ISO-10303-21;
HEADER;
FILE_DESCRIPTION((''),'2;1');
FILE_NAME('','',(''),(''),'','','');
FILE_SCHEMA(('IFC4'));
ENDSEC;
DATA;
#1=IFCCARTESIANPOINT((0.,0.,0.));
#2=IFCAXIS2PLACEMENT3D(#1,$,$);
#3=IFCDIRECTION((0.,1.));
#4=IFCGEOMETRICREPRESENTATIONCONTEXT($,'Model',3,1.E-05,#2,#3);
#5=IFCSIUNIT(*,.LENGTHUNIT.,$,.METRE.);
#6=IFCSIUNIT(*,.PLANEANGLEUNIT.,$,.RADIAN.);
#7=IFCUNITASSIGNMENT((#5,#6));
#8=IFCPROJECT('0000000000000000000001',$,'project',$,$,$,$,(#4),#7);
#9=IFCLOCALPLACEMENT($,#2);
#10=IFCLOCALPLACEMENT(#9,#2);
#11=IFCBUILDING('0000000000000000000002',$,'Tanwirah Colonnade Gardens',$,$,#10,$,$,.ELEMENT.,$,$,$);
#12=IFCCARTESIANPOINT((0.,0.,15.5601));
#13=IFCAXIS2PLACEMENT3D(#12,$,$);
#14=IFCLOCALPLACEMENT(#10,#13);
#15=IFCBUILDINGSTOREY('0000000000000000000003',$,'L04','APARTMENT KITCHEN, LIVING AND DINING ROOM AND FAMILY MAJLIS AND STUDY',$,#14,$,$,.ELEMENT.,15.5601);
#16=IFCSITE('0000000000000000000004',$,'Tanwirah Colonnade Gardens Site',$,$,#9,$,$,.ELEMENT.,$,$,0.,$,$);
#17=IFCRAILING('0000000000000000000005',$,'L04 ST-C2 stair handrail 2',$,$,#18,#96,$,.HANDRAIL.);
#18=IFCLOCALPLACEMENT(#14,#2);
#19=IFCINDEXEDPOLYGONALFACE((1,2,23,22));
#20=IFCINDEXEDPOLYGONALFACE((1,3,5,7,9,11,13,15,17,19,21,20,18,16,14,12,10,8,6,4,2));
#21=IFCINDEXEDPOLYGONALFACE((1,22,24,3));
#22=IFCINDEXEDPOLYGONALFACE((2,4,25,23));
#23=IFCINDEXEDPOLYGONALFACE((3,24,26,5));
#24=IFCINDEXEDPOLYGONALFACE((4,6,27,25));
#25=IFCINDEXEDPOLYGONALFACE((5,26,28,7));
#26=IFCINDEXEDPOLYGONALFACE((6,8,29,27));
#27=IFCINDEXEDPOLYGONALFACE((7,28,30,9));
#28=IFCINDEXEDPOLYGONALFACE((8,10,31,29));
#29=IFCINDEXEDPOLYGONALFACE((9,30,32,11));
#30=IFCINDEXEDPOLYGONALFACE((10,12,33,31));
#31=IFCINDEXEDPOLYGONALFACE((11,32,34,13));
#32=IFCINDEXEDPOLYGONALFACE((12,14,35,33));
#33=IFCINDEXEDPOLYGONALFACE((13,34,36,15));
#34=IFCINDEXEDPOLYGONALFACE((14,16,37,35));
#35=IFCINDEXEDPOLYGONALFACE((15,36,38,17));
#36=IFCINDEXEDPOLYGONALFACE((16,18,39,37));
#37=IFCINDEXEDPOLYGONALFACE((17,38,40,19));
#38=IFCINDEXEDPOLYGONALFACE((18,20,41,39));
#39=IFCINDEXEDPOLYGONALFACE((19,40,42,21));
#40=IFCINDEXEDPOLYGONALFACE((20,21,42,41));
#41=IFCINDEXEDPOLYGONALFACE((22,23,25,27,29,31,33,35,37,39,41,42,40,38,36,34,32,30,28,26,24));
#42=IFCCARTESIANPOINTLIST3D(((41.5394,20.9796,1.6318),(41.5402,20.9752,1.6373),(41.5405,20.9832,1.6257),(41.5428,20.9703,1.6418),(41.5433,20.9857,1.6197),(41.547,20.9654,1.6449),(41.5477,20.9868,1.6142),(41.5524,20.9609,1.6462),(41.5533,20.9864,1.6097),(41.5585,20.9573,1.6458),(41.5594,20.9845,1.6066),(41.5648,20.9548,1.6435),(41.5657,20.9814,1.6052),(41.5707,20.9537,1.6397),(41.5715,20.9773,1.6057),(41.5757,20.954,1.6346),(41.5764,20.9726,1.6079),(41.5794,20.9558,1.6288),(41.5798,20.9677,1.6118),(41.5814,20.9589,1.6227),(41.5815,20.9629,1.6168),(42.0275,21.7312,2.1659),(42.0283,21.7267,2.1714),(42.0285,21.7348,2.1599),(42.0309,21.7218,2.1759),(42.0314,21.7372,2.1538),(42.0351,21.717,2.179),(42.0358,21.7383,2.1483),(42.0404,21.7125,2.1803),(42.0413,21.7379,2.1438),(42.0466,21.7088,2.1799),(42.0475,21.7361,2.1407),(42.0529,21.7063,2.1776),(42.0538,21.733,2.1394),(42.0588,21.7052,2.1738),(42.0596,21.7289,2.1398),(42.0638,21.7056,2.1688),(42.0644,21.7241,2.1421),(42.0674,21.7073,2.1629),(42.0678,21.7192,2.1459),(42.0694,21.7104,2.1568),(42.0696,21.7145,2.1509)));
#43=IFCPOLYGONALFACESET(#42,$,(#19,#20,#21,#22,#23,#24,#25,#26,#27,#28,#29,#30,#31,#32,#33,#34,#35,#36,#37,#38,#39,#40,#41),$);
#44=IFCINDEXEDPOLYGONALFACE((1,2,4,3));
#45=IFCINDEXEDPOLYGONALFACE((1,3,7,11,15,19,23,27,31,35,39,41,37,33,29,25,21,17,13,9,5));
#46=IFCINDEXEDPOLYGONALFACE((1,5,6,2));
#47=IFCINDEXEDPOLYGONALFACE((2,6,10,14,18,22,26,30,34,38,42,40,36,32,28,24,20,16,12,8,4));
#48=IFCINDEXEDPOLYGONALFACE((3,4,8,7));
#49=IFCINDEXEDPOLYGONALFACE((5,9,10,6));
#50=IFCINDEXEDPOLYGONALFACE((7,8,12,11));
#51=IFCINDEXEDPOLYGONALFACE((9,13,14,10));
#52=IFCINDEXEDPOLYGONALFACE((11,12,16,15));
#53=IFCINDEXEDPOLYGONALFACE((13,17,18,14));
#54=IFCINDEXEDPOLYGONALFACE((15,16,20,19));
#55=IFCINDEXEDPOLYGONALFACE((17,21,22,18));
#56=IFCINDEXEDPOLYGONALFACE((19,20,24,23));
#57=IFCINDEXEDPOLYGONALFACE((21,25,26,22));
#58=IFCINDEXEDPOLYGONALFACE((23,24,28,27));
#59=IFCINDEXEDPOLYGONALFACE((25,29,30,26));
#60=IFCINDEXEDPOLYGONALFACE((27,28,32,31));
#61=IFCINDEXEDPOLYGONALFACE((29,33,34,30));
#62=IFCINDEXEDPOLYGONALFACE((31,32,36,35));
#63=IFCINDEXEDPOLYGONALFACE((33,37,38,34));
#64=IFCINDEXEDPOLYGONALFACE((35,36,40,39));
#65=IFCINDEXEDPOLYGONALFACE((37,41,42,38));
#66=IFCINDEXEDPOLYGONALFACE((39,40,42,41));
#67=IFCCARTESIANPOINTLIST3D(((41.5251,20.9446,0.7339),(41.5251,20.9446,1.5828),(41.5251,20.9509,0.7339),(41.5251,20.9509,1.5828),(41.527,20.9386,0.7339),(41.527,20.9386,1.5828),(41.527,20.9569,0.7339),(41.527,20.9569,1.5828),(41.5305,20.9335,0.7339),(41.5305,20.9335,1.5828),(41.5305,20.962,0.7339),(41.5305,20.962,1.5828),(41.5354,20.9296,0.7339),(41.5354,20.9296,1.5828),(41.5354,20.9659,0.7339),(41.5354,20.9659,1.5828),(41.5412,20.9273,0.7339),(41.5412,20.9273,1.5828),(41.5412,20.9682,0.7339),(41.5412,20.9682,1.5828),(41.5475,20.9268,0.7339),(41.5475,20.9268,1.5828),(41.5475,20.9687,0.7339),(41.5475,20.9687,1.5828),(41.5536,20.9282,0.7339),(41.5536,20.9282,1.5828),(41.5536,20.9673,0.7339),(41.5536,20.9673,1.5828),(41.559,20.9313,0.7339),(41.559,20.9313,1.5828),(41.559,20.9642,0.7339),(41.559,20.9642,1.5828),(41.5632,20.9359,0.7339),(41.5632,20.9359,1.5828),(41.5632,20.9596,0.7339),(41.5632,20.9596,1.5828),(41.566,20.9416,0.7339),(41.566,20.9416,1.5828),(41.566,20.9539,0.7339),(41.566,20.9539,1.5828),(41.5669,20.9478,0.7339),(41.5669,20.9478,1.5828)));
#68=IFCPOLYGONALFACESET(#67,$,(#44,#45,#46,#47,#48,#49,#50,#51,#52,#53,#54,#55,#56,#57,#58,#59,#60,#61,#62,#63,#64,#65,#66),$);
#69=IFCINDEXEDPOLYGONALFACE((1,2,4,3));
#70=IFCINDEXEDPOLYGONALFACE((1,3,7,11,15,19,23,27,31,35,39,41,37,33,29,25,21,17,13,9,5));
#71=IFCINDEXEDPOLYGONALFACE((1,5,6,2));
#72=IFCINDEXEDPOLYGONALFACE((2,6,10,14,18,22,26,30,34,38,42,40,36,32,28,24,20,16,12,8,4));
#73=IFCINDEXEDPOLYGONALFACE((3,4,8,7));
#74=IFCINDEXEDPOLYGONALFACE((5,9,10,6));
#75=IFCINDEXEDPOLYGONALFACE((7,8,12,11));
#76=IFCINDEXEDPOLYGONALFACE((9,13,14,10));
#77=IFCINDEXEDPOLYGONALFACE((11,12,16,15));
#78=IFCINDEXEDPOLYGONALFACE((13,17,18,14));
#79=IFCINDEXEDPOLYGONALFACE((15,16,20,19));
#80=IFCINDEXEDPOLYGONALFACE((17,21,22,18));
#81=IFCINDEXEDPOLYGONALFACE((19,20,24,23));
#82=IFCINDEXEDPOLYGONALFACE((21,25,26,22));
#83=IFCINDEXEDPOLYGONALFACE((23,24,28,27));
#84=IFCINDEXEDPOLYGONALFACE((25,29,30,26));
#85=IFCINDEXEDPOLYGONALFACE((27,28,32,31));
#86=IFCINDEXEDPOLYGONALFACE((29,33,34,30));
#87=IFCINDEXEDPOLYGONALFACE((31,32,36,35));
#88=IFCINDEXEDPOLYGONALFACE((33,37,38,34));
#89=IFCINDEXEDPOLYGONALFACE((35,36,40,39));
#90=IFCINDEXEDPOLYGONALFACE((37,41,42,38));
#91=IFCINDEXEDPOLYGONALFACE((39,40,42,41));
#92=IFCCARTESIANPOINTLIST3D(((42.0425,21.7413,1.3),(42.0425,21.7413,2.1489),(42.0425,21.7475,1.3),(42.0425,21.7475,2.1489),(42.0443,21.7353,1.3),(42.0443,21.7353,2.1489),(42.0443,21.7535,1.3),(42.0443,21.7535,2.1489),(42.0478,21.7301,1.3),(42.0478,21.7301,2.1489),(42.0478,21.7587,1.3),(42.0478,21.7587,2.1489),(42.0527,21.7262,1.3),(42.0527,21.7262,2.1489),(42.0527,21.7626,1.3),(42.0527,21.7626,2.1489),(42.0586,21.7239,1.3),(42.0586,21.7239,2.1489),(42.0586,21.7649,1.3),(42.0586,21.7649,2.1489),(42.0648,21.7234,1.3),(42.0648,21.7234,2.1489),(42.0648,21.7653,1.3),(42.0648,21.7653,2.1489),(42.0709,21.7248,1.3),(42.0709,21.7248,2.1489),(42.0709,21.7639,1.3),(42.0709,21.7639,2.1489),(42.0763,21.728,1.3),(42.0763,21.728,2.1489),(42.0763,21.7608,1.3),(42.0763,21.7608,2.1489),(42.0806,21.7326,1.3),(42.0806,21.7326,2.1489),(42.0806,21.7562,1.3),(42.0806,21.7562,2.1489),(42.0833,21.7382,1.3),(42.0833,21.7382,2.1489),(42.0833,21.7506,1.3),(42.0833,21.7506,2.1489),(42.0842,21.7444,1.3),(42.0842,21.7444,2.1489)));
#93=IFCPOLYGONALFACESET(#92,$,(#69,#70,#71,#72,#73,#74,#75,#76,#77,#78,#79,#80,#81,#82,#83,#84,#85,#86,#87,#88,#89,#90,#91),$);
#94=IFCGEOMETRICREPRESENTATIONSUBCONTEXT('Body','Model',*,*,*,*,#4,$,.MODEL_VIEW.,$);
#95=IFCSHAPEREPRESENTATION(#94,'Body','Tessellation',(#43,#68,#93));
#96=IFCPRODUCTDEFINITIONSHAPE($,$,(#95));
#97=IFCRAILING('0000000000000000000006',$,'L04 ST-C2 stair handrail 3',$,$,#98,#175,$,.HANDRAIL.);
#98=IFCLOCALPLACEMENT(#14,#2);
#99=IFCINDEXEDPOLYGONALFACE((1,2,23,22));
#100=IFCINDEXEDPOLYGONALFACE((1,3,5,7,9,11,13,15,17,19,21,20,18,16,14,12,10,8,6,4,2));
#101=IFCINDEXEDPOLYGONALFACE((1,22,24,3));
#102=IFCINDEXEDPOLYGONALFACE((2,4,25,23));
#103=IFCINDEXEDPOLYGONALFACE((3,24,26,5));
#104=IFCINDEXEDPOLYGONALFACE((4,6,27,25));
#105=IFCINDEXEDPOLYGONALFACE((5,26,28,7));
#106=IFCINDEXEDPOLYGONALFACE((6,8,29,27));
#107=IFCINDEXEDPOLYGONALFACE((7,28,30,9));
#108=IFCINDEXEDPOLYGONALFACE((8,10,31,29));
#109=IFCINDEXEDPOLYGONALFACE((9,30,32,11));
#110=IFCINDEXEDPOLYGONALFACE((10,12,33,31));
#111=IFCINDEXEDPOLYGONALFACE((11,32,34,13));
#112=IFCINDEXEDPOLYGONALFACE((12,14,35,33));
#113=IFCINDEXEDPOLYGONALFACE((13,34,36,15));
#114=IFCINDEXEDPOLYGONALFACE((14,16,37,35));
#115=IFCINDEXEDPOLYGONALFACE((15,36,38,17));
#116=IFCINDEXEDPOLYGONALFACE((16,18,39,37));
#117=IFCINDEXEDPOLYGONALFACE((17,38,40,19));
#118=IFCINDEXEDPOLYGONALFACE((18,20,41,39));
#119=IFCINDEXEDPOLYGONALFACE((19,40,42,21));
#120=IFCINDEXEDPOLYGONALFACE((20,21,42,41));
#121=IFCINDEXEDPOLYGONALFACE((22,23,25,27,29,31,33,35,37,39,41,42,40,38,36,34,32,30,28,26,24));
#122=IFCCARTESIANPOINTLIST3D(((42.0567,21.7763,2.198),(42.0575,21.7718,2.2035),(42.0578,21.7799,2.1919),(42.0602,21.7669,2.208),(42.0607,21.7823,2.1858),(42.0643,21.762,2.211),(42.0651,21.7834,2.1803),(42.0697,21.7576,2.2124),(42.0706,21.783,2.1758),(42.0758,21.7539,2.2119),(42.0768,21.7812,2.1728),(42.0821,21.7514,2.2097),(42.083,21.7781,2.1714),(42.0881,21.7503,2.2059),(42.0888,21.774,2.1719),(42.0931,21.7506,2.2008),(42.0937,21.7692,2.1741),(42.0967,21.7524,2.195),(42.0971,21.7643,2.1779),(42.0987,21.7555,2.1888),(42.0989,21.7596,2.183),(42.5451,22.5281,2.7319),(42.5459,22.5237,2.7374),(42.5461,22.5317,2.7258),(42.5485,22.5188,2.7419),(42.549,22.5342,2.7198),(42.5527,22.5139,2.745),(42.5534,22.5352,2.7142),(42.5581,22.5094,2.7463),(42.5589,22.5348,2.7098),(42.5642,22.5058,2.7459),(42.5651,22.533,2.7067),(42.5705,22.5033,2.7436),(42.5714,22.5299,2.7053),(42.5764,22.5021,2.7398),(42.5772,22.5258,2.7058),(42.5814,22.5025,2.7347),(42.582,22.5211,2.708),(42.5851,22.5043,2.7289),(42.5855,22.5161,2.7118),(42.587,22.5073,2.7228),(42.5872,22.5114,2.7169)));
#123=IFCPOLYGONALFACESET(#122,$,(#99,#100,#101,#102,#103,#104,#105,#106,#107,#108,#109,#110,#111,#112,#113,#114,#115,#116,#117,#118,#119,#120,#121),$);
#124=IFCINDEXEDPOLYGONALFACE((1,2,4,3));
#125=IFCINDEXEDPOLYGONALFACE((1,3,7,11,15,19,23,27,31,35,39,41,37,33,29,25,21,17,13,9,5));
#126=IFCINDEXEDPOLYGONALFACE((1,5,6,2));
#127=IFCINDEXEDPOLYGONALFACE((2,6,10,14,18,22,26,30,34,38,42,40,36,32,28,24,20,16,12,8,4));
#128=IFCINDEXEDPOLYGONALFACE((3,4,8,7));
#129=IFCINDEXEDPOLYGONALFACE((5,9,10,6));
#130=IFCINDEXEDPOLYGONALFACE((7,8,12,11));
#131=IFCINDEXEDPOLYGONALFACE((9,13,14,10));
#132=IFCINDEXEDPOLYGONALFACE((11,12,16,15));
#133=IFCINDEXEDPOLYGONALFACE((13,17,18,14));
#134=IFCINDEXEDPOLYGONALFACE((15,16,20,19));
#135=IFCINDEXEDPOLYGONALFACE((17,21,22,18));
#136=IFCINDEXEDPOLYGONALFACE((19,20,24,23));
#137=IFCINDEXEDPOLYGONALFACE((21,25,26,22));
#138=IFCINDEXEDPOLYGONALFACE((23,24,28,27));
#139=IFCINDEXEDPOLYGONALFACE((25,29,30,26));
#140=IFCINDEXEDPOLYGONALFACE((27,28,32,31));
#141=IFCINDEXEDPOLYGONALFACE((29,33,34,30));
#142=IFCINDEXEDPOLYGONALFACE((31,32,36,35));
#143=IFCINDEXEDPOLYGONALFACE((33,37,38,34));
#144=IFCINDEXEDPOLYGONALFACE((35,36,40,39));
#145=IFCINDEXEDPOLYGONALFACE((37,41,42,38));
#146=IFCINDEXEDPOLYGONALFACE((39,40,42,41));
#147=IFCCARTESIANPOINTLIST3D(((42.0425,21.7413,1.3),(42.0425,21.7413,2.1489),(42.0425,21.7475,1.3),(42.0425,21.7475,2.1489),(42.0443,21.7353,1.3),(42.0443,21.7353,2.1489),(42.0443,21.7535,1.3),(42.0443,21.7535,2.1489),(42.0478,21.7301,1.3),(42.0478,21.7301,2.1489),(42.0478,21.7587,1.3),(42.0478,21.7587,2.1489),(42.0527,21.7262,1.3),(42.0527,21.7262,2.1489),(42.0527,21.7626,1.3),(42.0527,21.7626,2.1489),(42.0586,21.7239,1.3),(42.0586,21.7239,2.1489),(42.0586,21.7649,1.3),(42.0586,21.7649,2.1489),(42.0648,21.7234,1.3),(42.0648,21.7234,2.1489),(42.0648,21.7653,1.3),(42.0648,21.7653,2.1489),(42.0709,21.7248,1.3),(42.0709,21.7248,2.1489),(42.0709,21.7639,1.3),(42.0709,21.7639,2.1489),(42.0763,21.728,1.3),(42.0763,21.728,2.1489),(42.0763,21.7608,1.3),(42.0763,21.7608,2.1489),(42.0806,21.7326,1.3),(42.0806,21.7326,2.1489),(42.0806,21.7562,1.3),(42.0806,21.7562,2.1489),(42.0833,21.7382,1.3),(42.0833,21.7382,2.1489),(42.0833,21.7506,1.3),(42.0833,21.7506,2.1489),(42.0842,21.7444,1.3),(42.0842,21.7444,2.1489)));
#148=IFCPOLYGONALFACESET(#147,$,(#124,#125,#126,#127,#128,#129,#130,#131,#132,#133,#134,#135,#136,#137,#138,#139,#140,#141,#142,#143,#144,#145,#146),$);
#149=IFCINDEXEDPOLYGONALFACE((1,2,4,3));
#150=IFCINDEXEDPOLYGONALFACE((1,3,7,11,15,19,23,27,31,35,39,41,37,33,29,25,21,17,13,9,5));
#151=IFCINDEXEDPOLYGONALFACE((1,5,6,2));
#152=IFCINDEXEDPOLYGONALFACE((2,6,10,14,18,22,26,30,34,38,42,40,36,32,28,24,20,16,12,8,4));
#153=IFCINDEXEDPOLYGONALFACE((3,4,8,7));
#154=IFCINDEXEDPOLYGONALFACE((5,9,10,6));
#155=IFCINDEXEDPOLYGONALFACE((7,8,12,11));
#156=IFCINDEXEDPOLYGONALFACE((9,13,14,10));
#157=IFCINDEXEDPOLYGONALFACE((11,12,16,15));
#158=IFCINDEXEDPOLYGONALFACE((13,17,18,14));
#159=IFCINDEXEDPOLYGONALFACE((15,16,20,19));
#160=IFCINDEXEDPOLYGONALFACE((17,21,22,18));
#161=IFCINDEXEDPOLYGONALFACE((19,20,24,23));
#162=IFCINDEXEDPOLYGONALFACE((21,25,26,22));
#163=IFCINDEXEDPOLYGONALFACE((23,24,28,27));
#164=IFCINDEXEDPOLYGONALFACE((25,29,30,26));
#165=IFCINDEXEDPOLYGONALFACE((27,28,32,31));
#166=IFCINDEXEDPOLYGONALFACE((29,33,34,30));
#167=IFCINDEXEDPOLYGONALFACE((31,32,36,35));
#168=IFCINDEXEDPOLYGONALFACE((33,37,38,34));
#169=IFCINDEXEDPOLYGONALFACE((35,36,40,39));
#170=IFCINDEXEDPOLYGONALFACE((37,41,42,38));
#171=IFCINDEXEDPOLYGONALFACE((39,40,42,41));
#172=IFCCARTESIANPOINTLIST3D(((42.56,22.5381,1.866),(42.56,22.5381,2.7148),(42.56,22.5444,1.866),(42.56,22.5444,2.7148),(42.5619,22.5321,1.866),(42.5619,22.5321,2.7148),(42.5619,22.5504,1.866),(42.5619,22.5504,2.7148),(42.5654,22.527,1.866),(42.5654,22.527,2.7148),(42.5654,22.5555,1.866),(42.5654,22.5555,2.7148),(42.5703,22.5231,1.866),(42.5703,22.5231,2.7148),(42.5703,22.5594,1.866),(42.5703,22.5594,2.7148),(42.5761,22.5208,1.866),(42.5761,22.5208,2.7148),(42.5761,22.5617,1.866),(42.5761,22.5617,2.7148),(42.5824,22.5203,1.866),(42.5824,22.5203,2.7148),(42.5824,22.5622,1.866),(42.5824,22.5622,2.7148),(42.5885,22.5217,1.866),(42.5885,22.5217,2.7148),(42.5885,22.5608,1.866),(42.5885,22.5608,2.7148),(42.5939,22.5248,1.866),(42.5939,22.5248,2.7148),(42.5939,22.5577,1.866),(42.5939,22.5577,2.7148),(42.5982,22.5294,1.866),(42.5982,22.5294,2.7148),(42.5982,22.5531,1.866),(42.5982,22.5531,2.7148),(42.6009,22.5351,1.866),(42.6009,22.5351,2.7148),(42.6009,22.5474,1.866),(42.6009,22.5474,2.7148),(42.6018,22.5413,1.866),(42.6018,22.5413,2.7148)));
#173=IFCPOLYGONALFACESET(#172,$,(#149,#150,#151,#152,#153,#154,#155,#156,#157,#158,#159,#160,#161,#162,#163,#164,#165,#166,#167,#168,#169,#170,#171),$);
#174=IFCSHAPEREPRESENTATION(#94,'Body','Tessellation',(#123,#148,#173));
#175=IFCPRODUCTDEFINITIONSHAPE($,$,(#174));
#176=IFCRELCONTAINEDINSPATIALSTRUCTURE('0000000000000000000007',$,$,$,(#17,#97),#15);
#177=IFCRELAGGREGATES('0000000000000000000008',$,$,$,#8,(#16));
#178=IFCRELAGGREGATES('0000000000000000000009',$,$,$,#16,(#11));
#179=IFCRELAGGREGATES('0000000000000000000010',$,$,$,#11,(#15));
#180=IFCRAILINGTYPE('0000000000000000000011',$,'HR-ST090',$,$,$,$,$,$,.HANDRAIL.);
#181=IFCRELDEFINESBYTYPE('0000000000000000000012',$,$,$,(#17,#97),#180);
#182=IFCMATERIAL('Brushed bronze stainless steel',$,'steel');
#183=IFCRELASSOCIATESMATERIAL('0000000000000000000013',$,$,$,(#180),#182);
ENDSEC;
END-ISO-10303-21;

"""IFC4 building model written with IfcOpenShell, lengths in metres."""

from ifc_helpers import new_model, si_unit, direction, frame, origin, origin_2d, place, context, subcontext, project, spatial, circle, extrude, material, type_object, element, save


model = new_model("IFC4")

# Units and contexts
model_context = context("Model", 3, precision=1e-05, world=origin(), true_north=direction((0.0, 1.0)))
body_context = subcontext(model_context, "Body", "Model", "MODEL_VIEW")
ifc_project = project(units=[si_unit("LENGTHUNIT", "METRE"), si_unit("PLANEANGLEUNIT", "RADIAN")], contexts=[model_context])

# Site, building, storey
site_placement = place(None, origin())
site = spatial("IfcSite", under=ifc_project, at=site_placement, Name="Tanwirah Colonnade Gardens Site", CompositionType="ELEMENT", RefElevation=0.0)
building_placement = place(site_placement, origin())
building = spatial("IfcBuilding", under=site, at=building_placement, Name="Tanwirah Colonnade Gardens", CompositionType="ELEMENT")
storey_placement = place(building_placement, frame((0.0, 0.0, 15.5601)))
storey = spatial("IfcBuildingStorey", under=building, at=storey_placement, Name="L04", Description="APARTMENT KITCHEN, LIVING AND DINING ROOM AND FAMILY MAJLIS AND STUDY", CompositionType="ELEMENT", Elevation=15.5601)

# Railings
ifc_material_1 = material(Name="Brushed bronze stainless steel", Category="steel")
railing_type_1 = type_object("IfcRailingType", Name="HR-ST090", PredefinedType="HANDRAIL", material=ifc_material_1)
railing_1_placement = place(storey_placement, frame((41.5459, 20.9478, 0.7339)))
element("IfcRailing", 1, at=railing_1_placement, inside=storey, type_object=railing_type_1, Name="L04 ST-C2 stair handrail 2", PredefinedType="HANDRAIL", context=body_context, shape_type="SweptSolid", body=[
    extrude(circle(Radius=0.0239, at=origin_2d()), frame((0.0146, 0.0225, 0.8918), z_axis=(0.467837, 0.720411, 0.511993), x_axis=(-0.838673, 0.544636, 0.0)), (0.0, 0.0, 1.0), 1.0432),
    extrude(circle(Radius=0.021, at=origin_2d()), origin(), (0.0, 0.0, 1.0), 0.8489),
    extrude(circle(Radius=0.021, at=origin_2d()), frame((0.5173, 0.7966, 0.5662)), (0.0, 0.0, 1.0), 0.8489),
])
railing_2_placement = place(storey_placement, frame((42.0632, 21.7444, 1.3)))
element("IfcRailing", 2, at=railing_2_placement, inside=storey, type_object=railing_type_1, Name="L04 ST-C2 stair handrail 3", PredefinedType="HANDRAIL", context=body_context, shape_type="SweptSolid", body=[
    extrude(circle(Radius=0.0239, at=origin_2d()), frame((0.0146, 0.0225, 0.8918), z_axis=(0.467988, 0.720524, 0.511696), x_axis=(-0.838631, 0.544699, 0.0)), (0.0, 0.0, 1.0), 1.0435),
    extrude(circle(Radius=0.021, at=origin_2d()), origin(), (0.0, 0.0, 1.0), 0.8489),
    extrude(circle(Radius=0.021, at=origin_2d()), frame((0.5176, 0.7969, 0.5659)), (0.0, 0.0, 1.0), 0.8489),
])

save(model, "model.ifc")
